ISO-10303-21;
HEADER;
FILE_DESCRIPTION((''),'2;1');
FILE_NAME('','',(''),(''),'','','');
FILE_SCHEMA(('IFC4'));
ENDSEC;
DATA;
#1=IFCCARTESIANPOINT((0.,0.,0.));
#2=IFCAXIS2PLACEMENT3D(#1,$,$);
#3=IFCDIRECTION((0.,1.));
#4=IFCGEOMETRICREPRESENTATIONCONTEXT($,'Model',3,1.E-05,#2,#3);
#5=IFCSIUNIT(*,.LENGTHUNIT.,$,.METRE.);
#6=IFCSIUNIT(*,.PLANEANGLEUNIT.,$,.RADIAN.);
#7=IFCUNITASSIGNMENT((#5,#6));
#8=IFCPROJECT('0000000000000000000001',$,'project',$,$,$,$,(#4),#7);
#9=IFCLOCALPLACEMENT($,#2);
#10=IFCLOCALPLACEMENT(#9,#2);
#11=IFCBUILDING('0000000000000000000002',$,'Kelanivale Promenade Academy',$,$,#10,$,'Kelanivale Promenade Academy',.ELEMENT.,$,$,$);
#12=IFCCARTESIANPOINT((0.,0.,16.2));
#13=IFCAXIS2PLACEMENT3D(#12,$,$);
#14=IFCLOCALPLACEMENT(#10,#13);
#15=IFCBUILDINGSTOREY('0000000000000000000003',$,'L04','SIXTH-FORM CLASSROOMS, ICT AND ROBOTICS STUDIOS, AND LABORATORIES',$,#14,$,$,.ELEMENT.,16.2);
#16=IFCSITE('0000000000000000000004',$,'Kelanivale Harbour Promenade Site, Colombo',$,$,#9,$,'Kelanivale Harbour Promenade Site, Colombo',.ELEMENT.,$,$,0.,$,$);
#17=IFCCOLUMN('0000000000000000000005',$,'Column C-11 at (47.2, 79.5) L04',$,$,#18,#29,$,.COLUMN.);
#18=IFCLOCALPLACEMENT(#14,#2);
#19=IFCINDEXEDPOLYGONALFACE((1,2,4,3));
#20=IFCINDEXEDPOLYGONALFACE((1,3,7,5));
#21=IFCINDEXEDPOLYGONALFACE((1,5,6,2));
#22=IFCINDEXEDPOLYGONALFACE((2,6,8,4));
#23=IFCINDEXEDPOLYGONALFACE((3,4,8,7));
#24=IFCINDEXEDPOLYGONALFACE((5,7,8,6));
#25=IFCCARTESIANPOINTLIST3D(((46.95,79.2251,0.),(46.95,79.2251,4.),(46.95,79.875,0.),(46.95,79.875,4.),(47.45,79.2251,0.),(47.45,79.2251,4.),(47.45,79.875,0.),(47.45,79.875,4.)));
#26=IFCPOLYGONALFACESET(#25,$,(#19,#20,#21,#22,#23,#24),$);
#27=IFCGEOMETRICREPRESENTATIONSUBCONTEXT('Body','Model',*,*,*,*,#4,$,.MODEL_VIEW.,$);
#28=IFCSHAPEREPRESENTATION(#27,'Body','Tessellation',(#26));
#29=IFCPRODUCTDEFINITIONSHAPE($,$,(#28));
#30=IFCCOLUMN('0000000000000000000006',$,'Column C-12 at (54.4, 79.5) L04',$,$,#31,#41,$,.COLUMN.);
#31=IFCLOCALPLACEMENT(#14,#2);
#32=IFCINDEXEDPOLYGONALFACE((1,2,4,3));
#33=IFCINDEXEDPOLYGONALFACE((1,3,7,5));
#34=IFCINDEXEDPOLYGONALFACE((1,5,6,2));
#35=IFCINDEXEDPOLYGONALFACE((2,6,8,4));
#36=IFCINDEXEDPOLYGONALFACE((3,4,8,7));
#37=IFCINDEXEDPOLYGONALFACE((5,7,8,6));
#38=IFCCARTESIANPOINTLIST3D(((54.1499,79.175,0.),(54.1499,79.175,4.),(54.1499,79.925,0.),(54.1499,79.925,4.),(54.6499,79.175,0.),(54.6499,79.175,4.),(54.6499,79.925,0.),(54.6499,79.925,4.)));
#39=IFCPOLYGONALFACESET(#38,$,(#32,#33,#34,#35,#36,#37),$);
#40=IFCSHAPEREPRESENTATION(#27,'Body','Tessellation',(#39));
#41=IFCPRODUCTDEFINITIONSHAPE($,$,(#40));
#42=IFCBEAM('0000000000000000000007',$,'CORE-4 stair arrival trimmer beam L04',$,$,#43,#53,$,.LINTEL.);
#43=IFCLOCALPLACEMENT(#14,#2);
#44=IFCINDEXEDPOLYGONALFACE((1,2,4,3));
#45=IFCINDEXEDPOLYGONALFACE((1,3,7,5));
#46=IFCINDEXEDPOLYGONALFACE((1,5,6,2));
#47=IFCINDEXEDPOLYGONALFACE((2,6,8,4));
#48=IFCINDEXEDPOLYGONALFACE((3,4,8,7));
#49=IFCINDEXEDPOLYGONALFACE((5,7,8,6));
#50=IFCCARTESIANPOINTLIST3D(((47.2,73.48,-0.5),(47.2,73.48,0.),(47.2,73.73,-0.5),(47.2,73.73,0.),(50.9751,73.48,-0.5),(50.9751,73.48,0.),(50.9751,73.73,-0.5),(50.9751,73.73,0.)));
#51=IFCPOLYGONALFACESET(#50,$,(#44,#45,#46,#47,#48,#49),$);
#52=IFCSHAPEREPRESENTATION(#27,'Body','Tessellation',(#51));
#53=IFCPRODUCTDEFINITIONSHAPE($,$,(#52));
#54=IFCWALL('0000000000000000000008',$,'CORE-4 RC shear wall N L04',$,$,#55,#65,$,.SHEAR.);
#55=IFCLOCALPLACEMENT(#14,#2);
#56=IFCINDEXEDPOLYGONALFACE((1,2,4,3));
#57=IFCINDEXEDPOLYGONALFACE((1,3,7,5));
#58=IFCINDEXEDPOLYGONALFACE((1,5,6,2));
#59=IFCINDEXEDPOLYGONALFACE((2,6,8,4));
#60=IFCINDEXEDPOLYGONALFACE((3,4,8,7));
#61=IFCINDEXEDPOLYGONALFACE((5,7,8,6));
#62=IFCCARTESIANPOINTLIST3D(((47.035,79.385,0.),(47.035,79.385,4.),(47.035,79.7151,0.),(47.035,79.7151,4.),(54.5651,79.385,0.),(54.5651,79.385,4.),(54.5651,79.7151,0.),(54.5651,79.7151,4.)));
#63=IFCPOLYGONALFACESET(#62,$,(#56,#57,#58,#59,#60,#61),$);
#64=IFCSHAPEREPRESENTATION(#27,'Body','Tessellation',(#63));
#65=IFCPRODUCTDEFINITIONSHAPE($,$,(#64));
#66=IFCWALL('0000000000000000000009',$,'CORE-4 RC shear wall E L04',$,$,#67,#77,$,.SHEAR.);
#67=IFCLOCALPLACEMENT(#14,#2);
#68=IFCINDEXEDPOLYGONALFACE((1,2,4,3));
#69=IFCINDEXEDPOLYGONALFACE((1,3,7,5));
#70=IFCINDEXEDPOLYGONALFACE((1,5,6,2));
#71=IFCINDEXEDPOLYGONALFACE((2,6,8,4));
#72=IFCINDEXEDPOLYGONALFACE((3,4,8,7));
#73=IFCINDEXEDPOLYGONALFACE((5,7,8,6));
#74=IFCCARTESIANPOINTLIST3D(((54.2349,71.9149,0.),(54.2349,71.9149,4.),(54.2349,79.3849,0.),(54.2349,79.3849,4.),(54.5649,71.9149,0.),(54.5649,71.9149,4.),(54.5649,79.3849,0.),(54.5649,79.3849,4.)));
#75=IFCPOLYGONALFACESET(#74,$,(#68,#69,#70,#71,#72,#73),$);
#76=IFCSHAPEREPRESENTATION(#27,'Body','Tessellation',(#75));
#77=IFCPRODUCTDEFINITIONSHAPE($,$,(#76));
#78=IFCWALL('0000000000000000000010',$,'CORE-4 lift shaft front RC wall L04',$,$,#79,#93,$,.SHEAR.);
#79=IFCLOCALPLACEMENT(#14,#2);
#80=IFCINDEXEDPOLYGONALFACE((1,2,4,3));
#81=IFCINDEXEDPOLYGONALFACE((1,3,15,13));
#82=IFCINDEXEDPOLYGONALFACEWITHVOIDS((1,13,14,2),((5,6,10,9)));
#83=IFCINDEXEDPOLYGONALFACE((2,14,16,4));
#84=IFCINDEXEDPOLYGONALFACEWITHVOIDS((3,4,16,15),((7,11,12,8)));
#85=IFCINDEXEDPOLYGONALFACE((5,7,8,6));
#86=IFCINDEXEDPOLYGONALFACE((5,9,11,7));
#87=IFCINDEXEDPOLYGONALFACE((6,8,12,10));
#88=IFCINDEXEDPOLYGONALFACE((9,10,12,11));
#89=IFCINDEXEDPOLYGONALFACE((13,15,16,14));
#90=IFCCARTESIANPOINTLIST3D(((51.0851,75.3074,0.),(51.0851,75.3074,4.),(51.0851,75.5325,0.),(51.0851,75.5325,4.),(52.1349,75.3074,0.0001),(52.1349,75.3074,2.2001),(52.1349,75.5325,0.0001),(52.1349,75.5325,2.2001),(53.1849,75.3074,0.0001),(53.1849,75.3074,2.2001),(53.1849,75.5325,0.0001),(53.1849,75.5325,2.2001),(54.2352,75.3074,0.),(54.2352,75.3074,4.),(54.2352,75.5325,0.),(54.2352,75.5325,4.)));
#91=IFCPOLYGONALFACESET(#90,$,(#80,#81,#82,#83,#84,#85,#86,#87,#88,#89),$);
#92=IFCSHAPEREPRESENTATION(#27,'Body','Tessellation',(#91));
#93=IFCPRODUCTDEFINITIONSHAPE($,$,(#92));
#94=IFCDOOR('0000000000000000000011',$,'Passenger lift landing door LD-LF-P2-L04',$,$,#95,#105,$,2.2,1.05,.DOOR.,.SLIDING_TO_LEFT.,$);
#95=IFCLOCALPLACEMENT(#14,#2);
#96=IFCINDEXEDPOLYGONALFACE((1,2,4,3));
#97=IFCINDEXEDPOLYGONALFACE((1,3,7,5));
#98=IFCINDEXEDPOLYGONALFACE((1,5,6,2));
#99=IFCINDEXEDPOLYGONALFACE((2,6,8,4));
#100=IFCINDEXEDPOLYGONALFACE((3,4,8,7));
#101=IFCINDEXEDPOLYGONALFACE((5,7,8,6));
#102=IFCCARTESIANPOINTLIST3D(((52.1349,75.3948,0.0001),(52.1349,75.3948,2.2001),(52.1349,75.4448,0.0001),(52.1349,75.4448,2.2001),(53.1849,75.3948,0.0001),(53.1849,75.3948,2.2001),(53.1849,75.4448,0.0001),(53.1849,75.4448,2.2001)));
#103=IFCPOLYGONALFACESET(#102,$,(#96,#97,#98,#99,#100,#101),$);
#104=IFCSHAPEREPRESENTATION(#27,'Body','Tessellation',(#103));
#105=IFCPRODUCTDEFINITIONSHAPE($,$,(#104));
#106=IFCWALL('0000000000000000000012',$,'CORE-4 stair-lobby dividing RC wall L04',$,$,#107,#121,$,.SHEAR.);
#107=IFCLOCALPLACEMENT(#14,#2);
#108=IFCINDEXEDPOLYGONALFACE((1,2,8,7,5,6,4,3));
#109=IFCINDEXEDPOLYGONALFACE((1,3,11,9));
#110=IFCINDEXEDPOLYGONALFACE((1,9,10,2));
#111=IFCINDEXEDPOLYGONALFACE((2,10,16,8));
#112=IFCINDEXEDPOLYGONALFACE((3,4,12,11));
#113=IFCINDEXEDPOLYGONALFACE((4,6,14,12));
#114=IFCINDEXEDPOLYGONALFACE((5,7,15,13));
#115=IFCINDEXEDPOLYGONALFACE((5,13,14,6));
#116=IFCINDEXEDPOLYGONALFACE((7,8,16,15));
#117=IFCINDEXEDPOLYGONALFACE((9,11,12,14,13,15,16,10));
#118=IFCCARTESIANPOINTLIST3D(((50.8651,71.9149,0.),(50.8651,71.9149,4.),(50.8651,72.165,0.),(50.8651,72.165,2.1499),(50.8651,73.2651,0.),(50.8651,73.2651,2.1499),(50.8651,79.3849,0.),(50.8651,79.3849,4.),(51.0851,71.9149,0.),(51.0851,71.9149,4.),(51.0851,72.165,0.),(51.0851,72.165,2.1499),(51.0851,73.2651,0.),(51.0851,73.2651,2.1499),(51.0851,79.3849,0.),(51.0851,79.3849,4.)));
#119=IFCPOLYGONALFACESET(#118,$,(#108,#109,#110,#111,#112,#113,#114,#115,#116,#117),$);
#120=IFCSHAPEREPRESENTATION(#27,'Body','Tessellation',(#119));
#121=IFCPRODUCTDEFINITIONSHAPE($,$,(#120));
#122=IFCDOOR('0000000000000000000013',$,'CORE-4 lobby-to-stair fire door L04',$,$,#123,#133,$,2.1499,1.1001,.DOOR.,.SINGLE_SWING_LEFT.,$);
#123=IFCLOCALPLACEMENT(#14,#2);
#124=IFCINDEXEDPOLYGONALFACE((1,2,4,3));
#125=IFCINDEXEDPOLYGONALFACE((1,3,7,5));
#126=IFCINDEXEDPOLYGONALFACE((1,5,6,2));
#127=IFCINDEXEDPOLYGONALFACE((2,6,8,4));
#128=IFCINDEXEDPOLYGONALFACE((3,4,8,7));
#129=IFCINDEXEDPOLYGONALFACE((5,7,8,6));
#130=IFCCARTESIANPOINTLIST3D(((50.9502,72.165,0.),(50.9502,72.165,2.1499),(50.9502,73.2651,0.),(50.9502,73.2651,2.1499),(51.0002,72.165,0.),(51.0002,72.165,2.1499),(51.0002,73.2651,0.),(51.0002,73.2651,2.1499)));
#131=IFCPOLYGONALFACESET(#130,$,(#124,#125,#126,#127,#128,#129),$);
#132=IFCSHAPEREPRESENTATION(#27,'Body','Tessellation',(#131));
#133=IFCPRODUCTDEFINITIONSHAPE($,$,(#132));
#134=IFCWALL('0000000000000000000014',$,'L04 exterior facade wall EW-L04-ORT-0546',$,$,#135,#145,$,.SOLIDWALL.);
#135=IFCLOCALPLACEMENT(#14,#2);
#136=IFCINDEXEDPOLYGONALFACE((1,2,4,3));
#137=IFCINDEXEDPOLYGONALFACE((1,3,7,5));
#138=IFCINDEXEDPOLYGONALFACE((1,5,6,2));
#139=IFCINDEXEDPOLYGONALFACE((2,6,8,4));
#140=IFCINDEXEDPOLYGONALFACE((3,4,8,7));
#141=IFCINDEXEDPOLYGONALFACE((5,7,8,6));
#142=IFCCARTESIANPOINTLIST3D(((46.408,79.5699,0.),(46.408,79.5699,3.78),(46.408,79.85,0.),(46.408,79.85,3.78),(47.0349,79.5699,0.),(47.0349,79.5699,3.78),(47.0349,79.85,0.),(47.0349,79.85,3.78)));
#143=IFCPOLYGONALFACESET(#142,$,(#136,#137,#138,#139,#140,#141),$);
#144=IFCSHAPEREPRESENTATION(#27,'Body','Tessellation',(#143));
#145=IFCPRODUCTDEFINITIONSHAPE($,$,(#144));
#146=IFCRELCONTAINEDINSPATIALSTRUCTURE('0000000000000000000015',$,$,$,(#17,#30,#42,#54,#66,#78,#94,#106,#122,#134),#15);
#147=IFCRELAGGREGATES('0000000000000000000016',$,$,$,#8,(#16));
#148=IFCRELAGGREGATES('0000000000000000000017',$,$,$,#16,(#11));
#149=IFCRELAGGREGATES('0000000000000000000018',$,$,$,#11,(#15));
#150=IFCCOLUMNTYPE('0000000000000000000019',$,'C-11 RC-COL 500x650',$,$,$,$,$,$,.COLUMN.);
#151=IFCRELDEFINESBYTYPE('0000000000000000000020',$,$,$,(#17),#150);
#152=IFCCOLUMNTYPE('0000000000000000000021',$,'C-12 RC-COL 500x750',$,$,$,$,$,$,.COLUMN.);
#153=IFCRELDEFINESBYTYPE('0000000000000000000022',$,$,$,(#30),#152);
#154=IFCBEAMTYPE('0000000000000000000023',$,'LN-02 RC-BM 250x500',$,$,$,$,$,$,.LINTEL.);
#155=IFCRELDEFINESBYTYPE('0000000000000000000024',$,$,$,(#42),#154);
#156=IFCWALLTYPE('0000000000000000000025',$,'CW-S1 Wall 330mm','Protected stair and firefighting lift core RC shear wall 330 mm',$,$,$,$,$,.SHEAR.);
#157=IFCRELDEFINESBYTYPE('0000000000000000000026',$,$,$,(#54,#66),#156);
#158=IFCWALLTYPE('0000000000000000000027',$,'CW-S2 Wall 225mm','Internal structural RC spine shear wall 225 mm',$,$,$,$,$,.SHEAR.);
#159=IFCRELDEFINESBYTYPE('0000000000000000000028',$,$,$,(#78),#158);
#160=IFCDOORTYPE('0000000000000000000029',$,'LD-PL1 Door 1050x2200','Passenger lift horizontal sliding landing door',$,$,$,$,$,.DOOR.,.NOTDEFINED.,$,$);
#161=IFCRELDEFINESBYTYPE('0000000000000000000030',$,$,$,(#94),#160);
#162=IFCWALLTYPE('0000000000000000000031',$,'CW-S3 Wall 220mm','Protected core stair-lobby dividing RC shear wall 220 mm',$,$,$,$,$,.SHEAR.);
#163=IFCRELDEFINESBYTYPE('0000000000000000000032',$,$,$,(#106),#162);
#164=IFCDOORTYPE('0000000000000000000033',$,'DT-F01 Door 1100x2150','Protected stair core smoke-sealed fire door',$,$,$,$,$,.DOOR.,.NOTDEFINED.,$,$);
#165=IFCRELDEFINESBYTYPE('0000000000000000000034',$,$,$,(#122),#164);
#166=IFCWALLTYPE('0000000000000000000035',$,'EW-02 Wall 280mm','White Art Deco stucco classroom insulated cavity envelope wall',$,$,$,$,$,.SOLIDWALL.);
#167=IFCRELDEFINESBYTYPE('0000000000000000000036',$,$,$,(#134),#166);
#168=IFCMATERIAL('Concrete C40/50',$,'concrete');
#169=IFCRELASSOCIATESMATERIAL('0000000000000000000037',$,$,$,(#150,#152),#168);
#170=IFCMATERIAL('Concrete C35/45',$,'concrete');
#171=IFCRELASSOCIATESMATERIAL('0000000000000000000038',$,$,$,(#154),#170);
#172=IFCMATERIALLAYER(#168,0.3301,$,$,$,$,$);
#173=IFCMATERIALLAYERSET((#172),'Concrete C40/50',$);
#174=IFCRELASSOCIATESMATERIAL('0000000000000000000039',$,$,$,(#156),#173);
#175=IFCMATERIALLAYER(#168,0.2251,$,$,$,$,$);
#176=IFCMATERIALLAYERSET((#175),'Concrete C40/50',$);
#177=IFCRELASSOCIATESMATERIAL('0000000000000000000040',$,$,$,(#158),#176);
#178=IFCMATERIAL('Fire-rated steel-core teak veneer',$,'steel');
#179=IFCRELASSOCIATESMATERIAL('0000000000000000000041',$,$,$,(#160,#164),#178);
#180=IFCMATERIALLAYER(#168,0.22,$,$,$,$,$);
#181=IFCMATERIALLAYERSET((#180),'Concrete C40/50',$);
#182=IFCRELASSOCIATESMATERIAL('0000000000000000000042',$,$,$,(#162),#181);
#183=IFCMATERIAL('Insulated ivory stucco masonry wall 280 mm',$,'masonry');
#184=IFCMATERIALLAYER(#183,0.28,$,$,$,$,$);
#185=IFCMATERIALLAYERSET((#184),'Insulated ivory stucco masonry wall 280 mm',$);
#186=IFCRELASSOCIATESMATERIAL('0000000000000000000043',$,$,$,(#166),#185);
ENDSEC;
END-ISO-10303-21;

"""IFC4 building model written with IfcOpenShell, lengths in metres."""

from ifc_helpers import new_model, si_unit, direction, frame, frame_2d, origin, origin_2d, place, context, subcontext, project, spatial, rectangle, extrude, material, layer, layer_set, material_profile, profile_set, type_object, element, fill, save


model = new_model("IFC4")

# Units and contexts
model_context = context("Model", 3, precision=1e-05, world=origin(), true_north=direction((0.0, 1.0)))
body_context = subcontext(model_context, "Body", "Model", "MODEL_VIEW")
ifc_project = project(units=[si_unit("LENGTHUNIT", "METRE"), si_unit("PLANEANGLEUNIT", "RADIAN")], contexts=[model_context])

# Site, building, storey
site_placement = place(None, origin())
site = spatial("IfcSite", under=ifc_project, at=site_placement, Name="Kelanivale Harbour Promenade Site, Colombo", LongName="Kelanivale Harbour Promenade Site, Colombo", CompositionType="ELEMENT", RefElevation=0.0)
building_placement = place(site_placement, origin())
building = spatial("IfcBuilding", under=site, at=building_placement, Name="Kelanivale Promenade Academy", LongName="Kelanivale Promenade Academy", CompositionType="ELEMENT")
storey_placement = place(building_placement, frame((0.0, 0.0, 16.2)))
storey = spatial("IfcBuildingStorey", under=building, at=storey_placement, Name="L04", Description="SIXTH-FORM CLASSROOMS, ICT AND ROBOTICS STUDIOS, AND LABORATORIES", CompositionType="ELEMENT", Elevation=16.2)

# Columns
ifc_material_1 = material(Name="Concrete C40/50", Category="concrete")
ifc_material_profile_1 = material_profile(ifc_material_1, rectangle(XDim=0.5, YDim=0.6499, at=origin_2d()), Name="RC-COL 500x650")
ifc_profile_set_1 = profile_set([ifc_material_profile_1], Name="Concrete C40/50")
column_type_1 = type_object("IfcColumnType", Name="C-11 RC-COL 500x650", PredefinedType="COLUMN", material=ifc_profile_set_1)
column_1_placement = place(storey_placement, frame((47.2, 79.55, 0.0), z_axis=(0.0, 0.0, 1.0), x_axis=(1.0, 0.0, 0.0)))
element("IfcColumn", 1, at=column_1_placement, inside=storey, type_object=column_type_1, Name="Column C-11 at (47.2, 79.5) L04", PredefinedType="COLUMN", context=body_context, shape_type="SweptSolid", body=[
    extrude(rectangle(XDim=0.5, YDim=0.6499, at=origin_2d()), origin(), (0.0, 0.0, 1.0), 4.0),
])
ifc_material_profile_2 = material_profile(ifc_material_1, rectangle(XDim=0.5, YDim=0.75, at=origin_2d()), Name="RC-COL 500x750")
ifc_profile_set_2 = profile_set([ifc_material_profile_2], Name="Concrete C40/50")
column_type_2 = type_object("IfcColumnType", Name="C-12 RC-COL 500x750", PredefinedType="COLUMN", material=ifc_profile_set_2)
column_2_placement = place(storey_placement, frame((54.3999, 79.55, 0.0), z_axis=(0.0, 0.0, 1.0), x_axis=(1.0, 0.0, 0.0)))
element("IfcColumn", 2, at=column_2_placement, inside=storey, type_object=column_type_2, Name="Column C-12 at (54.4, 79.5) L04", PredefinedType="COLUMN", context=body_context, shape_type="SweptSolid", body=[
    extrude(rectangle(XDim=0.5, YDim=0.75, at=origin_2d()), origin(), (0.0, 0.0, 1.0), 4.0),
])

# Beam
ifc_material_2 = material(Name="Concrete C35/45", Category="concrete")
ifc_material_profile_3 = material_profile(ifc_material_2, rectangle(XDim=0.25, YDim=0.5, at=origin_2d()), Name="RC-BM 250x500")
ifc_profile_set_3 = profile_set([ifc_material_profile_3], Name="Concrete C35/45")
beam_type = type_object("IfcBeamType", Name="LN-02 RC-BM 250x500", PredefinedType="LINTEL", material=ifc_profile_set_3)
beam_placement = place(storey_placement, frame((47.2, 73.605, -0.25), z_axis=(1.0, 0.0, 0.0), x_axis=(0.0, 1.0, 0.0)))
element("IfcBeam", 3, at=beam_placement, inside=storey, type_object=beam_type, Name="CORE-4 stair arrival trimmer beam L04", PredefinedType="LINTEL", context=body_context, shape_type="SweptSolid", body=[
    extrude(rectangle(XDim=0.25, YDim=0.5, at=origin_2d()), origin(), (0.0, 0.0, 1.0), 3.7751),
])

# Walls
ifc_layer_1 = layer(ifc_material_1, 0.3301)
ifc_layer_set_1 = layer_set([ifc_layer_1], Name="Concrete C40/50")
wall_type_1 = type_object("IfcWallType", Name="CW-S1 Wall 330mm", Description="Protected stair and firefighting lift core RC shear wall 330 mm", PredefinedType="SHEAR", material=ifc_layer_set_1)
wall_1_placement = place(storey_placement, frame((47.0349, 79.55, 0.0), z_axis=(0.0, 0.0, 1.0), x_axis=(1.0, 0.0, 0.0)))
element("IfcWall", 4, at=wall_1_placement, inside=storey, type_object=wall_type_1, Name="CORE-4 RC shear wall N L04", PredefinedType="SHEAR", context=body_context, shape_type="SweptSolid", body=[
    extrude(rectangle(XDim=7.53, YDim=0.3301, at=frame_2d((3.7651, 0.0))), origin(), (0.0, 0.0, 1.0), 4.0),
])
wall_2_placement = place(storey_placement, frame((54.3999, 71.915, 0.0), z_axis=(0.0, 0.0, 1.0), x_axis=(0.0, 1.0, 0.0)))
element("IfcWall", 5, at=wall_2_placement, inside=storey, type_object=wall_type_1, Name="CORE-4 RC shear wall E L04", PredefinedType="SHEAR", context=body_context, shape_type="SweptSolid", body=[
    extrude(rectangle(XDim=7.47, YDim=0.3301, at=frame_2d((3.7349, 0.0))), origin(), (0.0, 0.0, 1.0), 4.0),
])

# Walls, openings, doors
ifc_layer_2 = layer(ifc_material_1, 0.2251)
ifc_layer_set_2 = layer_set([ifc_layer_2], Name="Concrete C40/50")
wall_type_2 = type_object("IfcWallType", Name="CW-S2 Wall 225mm", Description="Internal structural RC spine shear wall 225 mm", PredefinedType="SHEAR", material=ifc_layer_set_2)
wall_3_placement = place(storey_placement, frame((51.085, 75.4199, 0.0), z_axis=(0.0, 0.0, 1.0), x_axis=(1.0, 0.0, 0.0)))
wall_3 = element("IfcWall", 6, at=wall_3_placement, inside=storey, type_object=wall_type_2, Name="CORE-4 lift shaft front RC wall L04", PredefinedType="SHEAR", context=body_context, shape_type="SweptSolid", body=[
    extrude(rectangle(XDim=3.1501, YDim=0.2251, at=frame_2d((1.5752, 0.0))), origin(), (0.0, 0.0, 1.0), 4.0),
])
opening_1_placement = place(wall_3_placement, frame((1.05, 0.0, 0.0)))
opening_1 = element("IfcOpeningElement", 7, at=opening_1_placement, cuts=wall_3, PredefinedType="OPENING", context=body_context, shape_type="SweptSolid", body=[
    extrude(rectangle(XDim=1.05, YDim=2.2, at=frame_2d((0.5249, 1.1001))), frame((0.0, 0.1226, 0.0), z_axis=(0.0, -1.0, 0.0), x_axis=(1.0, 0.0, 0.0)), (0.0, 0.0, 1.0), 0.2451),
])
ifc_material_3 = material(Name="Fire-rated steel-core teak veneer", Category="steel")
door_type_1 = type_object("IfcDoorType", Name="LD-PL1 Door 1050x2200", Description="Passenger lift horizontal sliding landing door", OperationType="NOTDEFINED", PredefinedType="DOOR", material=ifc_material_3)
door_1_placement = place(opening_1_placement, origin())
door_1 = element("IfcDoor", 8, at=door_1_placement, inside=storey, type_object=door_type_1, Name="Passenger lift landing door LD-LF-P2-L04", OperationType="SLIDING_TO_LEFT", OverallHeight=2.2, OverallWidth=1.05, PredefinedType="DOOR", context=body_context, shape_type="SweptSolid", body=[
    extrude(rectangle(XDim=1.05, YDim=2.2, at=frame_2d((0.5249, 1.1001))), frame((0.0, 0.0249, 0.0), z_axis=(0.0, -1.0, 0.0), x_axis=(1.0, 0.0, 0.0)), (0.0, 0.0, 1.0), 0.05),
])
fill(opening_1, door_1)
ifc_layer_3 = layer(ifc_material_1, 0.22)
ifc_layer_set_3 = layer_set([ifc_layer_3], Name="Concrete C40/50")
wall_type_3 = type_object("IfcWallType", Name="CW-S3 Wall 220mm", Description="Protected core stair-lobby dividing RC shear wall 220 mm", PredefinedType="SHEAR", material=ifc_layer_set_3)
wall_4_placement = place(storey_placement, frame((50.9751, 71.915, 0.0), z_axis=(0.0, 0.0, 1.0), x_axis=(0.0, 1.0, 0.0)))
wall_4 = element("IfcWall", 9, at=wall_4_placement, inside=storey, type_object=wall_type_3, Name="CORE-4 stair-lobby dividing RC wall L04", PredefinedType="SHEAR", context=body_context, shape_type="SweptSolid", body=[
    extrude(rectangle(XDim=7.47, YDim=0.22, at=frame_2d((3.7349, 0.0))), origin(), (0.0, 0.0, 1.0), 4.0),
])
opening_2_placement = place(wall_4_placement, frame((0.25, 0.0, 0.0)))
opening_2 = element("IfcOpeningElement", 10, at=opening_2_placement, cuts=wall_4, PredefinedType="OPENING", context=body_context, shape_type="SweptSolid", body=[
    extrude(rectangle(XDim=1.1001, YDim=2.1499, at=frame_2d((0.55, 1.075))), frame((0.0, 0.1201, 0.0), z_axis=(0.0, -1.0, 0.0), x_axis=(1.0, 0.0, 0.0)), (0.0, 0.0, 1.0), 0.24),
])
door_type_2 = type_object("IfcDoorType", Name="DT-F01 Door 1100x2150", Description="Protected stair core smoke-sealed fire door", OperationType="NOTDEFINED", PredefinedType="DOOR", material=ifc_material_3)
door_2_placement = place(opening_2_placement, origin())
door_2 = element("IfcDoor", 11, at=door_2_placement, inside=storey, type_object=door_type_2, Name="CORE-4 lobby-to-stair fire door L04", OperationType="SINGLE_SWING_LEFT", OverallHeight=2.1499, OverallWidth=1.1001, PredefinedType="DOOR", context=body_context, shape_type="SweptSolid", body=[
    extrude(rectangle(XDim=1.1001, YDim=2.1499, at=frame_2d((0.55, 1.075))), frame((0.0, 0.0249, 0.0), z_axis=(0.0, -1.0, 0.0), x_axis=(1.0, 0.0, 0.0)), (0.0, 0.0, 1.0), 0.05),
])
fill(opening_2, door_2)

# Wall
ifc_material_4 = material(Name="Insulated ivory stucco masonry wall 280 mm", Category="masonry")
ifc_layer_4 = layer(ifc_material_4, 0.28)
ifc_layer_set_4 = layer_set([ifc_layer_4], Name="Insulated ivory stucco masonry wall 280 mm")
wall_type_4 = type_object("IfcWallType", Name="EW-02 Wall 280mm", Description="White Art Deco stucco classroom insulated cavity envelope wall", PredefinedType="SOLIDWALL", material=ifc_layer_set_4)
wall_5_placement = place(storey_placement, frame((47.0349, 79.71, 0.0), z_axis=(0.0, 0.0, 1.0), x_axis=(-1.0, 0.0, 0.0)))
element("IfcWall", 12, at=wall_5_placement, inside=storey, type_object=wall_type_4, Name="L04 exterior facade wall EW-L04-ORT-0546", PredefinedType="SOLIDWALL", context=body_context, shape_type="SweptSolid", body=[
    extrude(rectangle(XDim=0.627, YDim=0.28, at=frame_2d((0.3135, 0.0))), origin(), (0.0, 0.0, 1.0), 3.78),
])

save(model, "model.ifc")
